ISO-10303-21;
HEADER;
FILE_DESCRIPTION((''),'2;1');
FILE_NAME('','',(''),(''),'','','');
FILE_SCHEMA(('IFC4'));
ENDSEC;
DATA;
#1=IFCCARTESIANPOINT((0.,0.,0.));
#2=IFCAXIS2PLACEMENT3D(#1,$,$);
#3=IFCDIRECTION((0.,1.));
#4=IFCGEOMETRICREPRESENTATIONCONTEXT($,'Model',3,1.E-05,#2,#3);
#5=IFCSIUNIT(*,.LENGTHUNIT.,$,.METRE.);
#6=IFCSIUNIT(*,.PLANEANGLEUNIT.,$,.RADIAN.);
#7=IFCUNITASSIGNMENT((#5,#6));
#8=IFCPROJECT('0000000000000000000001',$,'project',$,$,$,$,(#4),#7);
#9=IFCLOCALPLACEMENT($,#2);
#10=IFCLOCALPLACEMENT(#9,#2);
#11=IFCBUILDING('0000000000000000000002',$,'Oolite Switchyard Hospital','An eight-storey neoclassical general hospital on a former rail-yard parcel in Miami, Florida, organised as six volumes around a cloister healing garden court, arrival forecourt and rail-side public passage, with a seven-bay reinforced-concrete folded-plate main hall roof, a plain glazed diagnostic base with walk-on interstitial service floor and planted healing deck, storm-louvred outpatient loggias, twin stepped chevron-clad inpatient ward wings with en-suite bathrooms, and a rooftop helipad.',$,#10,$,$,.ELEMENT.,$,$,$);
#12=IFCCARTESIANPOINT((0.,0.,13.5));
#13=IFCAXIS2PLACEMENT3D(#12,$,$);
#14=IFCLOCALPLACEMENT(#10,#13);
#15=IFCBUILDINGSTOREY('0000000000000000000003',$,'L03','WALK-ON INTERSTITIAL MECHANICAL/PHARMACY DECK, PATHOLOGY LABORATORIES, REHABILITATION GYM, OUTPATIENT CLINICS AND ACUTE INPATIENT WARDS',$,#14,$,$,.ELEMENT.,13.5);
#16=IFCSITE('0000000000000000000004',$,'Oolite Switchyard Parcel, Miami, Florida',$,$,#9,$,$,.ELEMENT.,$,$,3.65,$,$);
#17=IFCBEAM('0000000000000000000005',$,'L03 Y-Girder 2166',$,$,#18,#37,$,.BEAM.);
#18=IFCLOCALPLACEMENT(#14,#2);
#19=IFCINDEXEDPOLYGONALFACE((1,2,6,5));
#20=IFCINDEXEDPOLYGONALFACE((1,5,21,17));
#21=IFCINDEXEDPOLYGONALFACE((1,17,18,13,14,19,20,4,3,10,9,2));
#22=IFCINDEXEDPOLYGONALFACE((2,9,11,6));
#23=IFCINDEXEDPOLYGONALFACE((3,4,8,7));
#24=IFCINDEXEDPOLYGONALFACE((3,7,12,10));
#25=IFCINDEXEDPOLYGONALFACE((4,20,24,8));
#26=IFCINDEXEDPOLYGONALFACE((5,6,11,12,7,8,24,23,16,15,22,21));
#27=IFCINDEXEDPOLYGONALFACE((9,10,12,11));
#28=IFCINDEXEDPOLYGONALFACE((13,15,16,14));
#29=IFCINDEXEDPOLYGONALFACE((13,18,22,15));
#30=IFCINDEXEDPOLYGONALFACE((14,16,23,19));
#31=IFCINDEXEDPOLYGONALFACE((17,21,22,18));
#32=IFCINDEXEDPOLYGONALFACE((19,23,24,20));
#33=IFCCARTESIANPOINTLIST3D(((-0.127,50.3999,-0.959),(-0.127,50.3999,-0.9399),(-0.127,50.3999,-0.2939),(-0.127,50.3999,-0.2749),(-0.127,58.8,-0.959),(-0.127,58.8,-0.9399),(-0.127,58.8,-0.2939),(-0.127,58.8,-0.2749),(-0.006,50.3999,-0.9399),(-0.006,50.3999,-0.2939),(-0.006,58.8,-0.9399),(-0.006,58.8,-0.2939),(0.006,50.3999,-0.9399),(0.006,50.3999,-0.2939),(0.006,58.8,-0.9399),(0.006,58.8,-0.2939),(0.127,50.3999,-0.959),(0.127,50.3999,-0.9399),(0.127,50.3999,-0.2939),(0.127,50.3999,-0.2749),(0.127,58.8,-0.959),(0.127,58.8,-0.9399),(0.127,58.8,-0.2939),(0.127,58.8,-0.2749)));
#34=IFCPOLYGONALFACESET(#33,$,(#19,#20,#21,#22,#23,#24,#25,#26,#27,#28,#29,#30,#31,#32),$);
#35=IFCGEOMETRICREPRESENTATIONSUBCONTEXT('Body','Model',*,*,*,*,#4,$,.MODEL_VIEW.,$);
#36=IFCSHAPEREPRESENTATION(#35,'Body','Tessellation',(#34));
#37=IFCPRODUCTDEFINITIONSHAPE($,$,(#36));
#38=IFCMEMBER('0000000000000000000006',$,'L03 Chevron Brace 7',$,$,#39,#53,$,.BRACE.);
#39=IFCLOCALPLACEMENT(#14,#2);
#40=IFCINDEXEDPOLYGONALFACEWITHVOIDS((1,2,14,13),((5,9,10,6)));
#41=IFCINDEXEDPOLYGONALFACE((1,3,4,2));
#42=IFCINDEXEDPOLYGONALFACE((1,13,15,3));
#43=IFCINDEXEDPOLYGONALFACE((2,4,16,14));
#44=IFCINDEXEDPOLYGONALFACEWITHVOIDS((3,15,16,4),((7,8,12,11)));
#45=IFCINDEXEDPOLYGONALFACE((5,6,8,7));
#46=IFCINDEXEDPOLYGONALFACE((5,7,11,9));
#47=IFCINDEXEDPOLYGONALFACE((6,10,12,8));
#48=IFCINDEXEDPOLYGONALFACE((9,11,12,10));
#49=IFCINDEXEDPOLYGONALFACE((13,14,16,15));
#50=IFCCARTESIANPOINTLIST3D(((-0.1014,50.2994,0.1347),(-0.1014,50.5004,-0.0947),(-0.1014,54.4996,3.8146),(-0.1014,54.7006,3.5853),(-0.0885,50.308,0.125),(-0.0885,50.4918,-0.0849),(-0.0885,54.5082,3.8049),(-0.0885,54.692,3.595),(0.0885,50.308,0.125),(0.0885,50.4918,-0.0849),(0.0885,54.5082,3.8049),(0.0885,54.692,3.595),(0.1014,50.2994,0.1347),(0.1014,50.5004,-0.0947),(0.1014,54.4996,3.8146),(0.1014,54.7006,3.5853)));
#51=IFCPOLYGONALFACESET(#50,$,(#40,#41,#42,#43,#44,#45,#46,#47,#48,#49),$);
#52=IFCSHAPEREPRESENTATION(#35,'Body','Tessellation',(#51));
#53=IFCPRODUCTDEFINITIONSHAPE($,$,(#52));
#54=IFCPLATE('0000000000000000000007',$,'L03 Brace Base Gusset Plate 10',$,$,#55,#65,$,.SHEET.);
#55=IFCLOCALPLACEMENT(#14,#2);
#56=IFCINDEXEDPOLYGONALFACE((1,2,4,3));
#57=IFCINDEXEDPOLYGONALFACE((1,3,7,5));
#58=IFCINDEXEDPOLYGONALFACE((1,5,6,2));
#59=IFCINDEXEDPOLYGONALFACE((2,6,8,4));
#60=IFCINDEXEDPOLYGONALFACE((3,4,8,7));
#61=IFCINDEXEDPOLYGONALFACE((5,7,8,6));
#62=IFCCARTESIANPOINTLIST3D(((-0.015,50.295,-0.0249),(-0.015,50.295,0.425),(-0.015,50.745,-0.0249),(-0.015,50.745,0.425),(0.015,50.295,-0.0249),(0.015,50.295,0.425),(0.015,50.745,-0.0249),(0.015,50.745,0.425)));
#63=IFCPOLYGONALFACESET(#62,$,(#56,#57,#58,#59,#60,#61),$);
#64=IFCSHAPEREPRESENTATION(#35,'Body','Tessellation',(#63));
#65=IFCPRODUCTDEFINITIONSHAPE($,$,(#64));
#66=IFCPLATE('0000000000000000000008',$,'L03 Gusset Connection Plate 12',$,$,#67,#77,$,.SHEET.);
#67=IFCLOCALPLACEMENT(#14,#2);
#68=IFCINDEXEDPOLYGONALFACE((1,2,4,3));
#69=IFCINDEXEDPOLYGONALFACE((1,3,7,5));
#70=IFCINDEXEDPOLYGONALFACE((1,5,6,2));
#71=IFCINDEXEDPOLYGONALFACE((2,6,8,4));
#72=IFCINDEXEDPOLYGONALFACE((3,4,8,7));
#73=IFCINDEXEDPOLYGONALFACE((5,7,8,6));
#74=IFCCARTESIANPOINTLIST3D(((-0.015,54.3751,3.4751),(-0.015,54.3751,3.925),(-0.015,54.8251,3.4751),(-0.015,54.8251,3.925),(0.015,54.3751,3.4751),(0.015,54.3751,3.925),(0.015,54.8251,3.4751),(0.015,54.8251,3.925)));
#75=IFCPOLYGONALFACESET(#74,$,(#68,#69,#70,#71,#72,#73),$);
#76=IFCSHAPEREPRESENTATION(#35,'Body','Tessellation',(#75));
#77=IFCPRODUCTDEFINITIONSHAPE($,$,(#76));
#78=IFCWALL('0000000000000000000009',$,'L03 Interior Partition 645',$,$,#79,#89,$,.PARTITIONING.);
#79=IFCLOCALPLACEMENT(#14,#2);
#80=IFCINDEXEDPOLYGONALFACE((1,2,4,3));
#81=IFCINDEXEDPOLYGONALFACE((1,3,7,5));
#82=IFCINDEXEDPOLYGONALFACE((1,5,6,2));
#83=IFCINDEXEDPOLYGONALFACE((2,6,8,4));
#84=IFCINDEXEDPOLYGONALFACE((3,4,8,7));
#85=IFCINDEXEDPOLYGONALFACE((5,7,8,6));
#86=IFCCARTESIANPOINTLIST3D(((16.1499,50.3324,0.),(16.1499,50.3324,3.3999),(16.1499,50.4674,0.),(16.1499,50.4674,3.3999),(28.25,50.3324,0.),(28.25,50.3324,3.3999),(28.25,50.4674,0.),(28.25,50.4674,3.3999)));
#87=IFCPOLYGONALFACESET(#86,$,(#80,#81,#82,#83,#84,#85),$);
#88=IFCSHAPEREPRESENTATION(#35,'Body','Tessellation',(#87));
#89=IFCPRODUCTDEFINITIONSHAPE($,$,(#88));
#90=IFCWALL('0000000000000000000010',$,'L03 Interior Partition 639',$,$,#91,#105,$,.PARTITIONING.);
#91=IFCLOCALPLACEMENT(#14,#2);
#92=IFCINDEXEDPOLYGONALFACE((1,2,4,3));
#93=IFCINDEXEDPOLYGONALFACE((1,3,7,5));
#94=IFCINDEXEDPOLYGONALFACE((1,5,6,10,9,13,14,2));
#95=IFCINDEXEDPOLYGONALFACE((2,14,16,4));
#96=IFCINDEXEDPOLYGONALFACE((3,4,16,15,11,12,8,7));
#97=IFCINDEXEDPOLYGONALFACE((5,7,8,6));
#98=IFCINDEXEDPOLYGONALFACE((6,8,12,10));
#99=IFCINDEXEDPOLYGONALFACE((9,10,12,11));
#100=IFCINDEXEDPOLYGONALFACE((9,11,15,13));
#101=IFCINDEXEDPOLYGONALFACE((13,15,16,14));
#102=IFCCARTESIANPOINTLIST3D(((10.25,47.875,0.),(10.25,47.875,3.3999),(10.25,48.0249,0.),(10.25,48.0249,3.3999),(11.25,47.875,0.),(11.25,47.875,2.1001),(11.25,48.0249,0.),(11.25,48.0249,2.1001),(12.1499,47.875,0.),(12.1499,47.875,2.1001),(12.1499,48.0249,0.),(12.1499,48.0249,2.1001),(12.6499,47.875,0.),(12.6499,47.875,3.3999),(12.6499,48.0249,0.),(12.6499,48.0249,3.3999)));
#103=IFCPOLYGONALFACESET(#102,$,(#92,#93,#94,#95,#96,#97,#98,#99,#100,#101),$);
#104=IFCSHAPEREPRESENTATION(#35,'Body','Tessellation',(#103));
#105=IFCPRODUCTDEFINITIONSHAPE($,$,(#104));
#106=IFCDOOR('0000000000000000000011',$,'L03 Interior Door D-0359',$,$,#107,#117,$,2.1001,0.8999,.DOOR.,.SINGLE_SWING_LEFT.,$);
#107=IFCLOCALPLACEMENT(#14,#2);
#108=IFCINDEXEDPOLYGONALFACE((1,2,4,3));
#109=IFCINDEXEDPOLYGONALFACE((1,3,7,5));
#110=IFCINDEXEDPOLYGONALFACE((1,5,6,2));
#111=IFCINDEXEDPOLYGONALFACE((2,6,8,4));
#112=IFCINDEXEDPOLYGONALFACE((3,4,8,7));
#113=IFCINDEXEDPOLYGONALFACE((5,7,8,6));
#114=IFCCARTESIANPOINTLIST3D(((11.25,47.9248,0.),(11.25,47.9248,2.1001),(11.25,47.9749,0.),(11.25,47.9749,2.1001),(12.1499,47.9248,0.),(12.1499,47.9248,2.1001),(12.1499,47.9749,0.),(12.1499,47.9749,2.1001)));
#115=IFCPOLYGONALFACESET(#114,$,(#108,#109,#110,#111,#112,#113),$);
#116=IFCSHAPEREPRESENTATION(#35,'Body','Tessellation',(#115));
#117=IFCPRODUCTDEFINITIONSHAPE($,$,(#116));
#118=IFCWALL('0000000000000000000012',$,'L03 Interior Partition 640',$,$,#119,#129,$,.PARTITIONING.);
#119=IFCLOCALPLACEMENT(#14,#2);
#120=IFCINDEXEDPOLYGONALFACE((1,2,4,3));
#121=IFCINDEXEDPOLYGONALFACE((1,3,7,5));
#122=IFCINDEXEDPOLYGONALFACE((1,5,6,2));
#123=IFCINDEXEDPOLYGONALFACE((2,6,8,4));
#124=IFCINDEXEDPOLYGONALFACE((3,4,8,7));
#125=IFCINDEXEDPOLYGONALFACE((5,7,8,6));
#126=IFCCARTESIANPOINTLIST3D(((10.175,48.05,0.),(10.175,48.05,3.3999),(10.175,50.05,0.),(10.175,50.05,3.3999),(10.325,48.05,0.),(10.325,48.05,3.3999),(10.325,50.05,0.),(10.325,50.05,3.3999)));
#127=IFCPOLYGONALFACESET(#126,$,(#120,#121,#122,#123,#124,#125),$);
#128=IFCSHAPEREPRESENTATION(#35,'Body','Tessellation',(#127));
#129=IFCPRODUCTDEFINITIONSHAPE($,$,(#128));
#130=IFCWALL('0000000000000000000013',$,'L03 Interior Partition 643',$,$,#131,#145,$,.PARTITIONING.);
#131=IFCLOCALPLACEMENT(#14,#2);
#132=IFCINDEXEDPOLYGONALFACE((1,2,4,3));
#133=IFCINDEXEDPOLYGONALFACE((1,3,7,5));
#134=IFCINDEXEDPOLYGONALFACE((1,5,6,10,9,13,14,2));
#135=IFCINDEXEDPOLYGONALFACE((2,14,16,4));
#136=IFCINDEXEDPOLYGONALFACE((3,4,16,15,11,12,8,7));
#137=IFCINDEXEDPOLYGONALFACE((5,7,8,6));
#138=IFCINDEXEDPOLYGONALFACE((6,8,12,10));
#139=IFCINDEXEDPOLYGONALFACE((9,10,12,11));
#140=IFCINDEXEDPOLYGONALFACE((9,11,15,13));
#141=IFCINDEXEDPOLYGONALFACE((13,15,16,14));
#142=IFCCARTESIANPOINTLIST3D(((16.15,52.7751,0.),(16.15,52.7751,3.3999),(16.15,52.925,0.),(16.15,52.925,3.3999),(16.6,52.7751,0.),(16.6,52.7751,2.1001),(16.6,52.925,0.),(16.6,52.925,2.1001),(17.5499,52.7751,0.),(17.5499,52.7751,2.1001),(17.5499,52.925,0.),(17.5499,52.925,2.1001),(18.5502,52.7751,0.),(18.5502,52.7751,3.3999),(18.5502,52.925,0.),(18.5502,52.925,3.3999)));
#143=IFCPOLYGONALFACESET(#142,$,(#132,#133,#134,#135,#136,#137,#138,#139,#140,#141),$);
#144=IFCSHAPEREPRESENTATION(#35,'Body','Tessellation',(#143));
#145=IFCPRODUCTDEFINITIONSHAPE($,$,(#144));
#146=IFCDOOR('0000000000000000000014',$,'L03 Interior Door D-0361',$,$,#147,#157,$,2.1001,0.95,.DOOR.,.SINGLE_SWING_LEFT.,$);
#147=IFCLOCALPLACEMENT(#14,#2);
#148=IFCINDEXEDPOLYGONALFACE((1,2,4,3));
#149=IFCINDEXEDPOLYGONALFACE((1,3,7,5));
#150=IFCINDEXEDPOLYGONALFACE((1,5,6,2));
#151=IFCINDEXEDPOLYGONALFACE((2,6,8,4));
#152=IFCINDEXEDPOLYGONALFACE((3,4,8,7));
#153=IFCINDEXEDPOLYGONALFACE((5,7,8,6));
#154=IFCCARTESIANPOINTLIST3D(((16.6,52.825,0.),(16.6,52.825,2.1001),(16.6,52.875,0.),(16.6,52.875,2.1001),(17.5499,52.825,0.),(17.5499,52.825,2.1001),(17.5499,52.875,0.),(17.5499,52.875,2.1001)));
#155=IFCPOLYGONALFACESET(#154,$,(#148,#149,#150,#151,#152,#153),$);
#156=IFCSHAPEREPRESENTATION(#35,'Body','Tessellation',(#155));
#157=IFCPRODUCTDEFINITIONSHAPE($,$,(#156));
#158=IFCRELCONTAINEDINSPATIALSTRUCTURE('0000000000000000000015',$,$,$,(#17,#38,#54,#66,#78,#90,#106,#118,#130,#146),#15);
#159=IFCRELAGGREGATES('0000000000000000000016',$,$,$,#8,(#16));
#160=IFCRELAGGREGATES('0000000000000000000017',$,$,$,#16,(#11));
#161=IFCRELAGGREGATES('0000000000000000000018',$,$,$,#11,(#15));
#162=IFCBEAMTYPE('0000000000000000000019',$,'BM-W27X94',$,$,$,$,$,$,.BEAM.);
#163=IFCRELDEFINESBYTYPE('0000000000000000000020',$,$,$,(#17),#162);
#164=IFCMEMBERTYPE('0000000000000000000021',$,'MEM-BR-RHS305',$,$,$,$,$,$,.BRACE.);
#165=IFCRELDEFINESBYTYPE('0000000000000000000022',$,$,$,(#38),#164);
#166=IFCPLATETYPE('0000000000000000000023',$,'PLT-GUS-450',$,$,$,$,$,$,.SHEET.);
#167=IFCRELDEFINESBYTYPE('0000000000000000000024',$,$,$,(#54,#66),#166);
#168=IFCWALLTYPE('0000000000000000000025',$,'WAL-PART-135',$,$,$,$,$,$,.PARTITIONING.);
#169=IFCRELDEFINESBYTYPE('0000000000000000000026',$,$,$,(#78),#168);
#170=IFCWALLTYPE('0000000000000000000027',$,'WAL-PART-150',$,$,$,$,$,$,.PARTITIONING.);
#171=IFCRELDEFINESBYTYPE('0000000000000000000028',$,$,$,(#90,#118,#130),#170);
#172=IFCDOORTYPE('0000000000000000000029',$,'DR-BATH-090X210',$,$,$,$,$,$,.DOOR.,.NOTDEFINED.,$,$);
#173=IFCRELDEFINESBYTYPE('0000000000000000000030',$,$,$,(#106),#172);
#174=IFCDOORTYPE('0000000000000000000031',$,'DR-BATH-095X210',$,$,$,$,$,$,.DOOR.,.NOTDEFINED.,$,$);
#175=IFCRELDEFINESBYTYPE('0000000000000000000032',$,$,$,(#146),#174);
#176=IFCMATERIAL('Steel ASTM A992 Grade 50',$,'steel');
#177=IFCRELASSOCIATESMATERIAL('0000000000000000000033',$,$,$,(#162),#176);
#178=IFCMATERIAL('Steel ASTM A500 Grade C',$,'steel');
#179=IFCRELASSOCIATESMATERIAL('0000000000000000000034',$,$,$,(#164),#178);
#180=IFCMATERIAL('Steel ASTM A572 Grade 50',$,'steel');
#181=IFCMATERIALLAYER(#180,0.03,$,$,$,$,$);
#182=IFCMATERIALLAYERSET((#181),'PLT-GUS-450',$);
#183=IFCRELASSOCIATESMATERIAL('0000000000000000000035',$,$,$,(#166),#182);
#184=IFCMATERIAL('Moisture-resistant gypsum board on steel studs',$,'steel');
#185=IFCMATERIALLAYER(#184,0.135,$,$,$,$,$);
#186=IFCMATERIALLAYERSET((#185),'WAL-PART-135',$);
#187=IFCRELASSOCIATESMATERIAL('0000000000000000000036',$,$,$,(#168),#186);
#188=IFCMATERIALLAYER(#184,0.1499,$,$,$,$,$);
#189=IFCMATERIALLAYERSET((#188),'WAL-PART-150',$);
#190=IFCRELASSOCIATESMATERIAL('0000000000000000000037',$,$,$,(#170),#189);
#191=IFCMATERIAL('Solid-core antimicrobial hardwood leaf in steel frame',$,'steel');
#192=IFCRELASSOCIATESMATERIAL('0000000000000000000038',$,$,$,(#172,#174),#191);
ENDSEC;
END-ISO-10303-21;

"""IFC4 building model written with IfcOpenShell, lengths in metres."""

from ifc_helpers import new_model, si_unit, direction, frame, frame_2d, origin, origin_2d, place, context, subcontext, project, spatial, rectangle, hollow_rectangle, i_section, extrude, material, layer, layer_set, material_profile, profile_set, type_object, element, fill, save


model = new_model("IFC4")

# Units and contexts
model_context = context("Model", 3, precision=1e-05, world=origin(), true_north=direction((0.0, 1.0)))
body_context = subcontext(model_context, "Body", "Model", "MODEL_VIEW")
ifc_project = project(units=[si_unit("LENGTHUNIT", "METRE"), si_unit("PLANEANGLEUNIT", "RADIAN")], contexts=[model_context])

# Site, building, storey
site_placement = place(None, origin())
site = spatial("IfcSite", under=ifc_project, at=site_placement, Name="Oolite Switchyard Parcel, Miami, Florida", CompositionType="ELEMENT", RefElevation=3.65)
building_placement = place(site_placement, origin())
building = spatial("IfcBuilding", under=site, at=building_placement, Name="Oolite Switchyard Hospital", Description="An eight-storey neoclassical general hospital on a former rail-yard parcel in Miami, Florida, organised as six volumes around a cloister healing garden court, arrival forecourt and rail-side public passage, with a seven-bay reinforced-concrete folded-plate main hall roof, a plain glazed diagnostic base with walk-on interstitial service floor and planted healing deck, storm-louvred outpatient loggias, twin stepped chevron-clad inpatient ward wings with en-suite bathrooms, and a rooftop helipad.", CompositionType="ELEMENT")
storey_placement = place(building_placement, frame((0.0, 0.0, 13.5)))
storey = spatial("IfcBuildingStorey", under=building, at=storey_placement, Name="L03", Description="WALK-ON INTERSTITIAL MECHANICAL/PHARMACY DECK, PATHOLOGY LABORATORIES, REHABILITATION GYM, OUTPATIENT CLINICS AND ACUTE INPATIENT WARDS", CompositionType="ELEMENT", Elevation=13.5)

# Beam
ifc_material_1 = material(Name="Steel ASTM A992 Grade 50", Category="steel")
ifc_material_profile_1 = material_profile(ifc_material_1, i_section(OverallWidth=0.2539, OverallDepth=0.6841, WebThickness=0.012, FlangeThickness=0.019, at=origin_2d()), Name="W27X94")
ifc_profile_set_1 = profile_set([ifc_material_profile_1], Name="Steel ASTM A992 Grade 50")
beam_type_1 = type_object("IfcBeamType", Name="BM-W27X94", PredefinedType="BEAM", material=ifc_profile_set_1)
beam_1_placement = place(storey_placement, frame((0.0, 50.3999, -0.6169), z_axis=(0.0, 1.0, 0.0), x_axis=(-1.0, 0.0, 0.0)))
element("IfcBeam", 1, at=beam_1_placement, inside=storey, type_object=beam_type_1, Name="L03 Y-Girder 2166", PredefinedType="BEAM", context=body_context, shape_type="SweptSolid", body=[
    extrude(i_section(OverallWidth=0.2539, OverallDepth=0.6841, WebThickness=0.012, FlangeThickness=0.019, at=origin_2d()), origin(), (0.0, 0.0, 1.0), 8.4001),
])

# Member
ifc_material_2 = material(Name="Steel ASTM A500 Grade C", Category="steel")
ifc_material_profile_2 = material_profile(ifc_material_2, hollow_rectangle(XDim=0.2029, YDim=0.3049, WallThickness=0.0129, at=origin_2d()), Name="HSS305X203X13")
ifc_profile_set_2 = profile_set([ifc_material_profile_2], Name="Steel ASTM A500 Grade C")
member_type = type_object("IfcMemberType", Name="MEM-BR-RHS305", PredefinedType="BRACE", material=ifc_profile_set_2)
member_placement = place(storey_placement, frame((0.0, 50.3999, 0.02), z_axis=(0.0, 0.752154, 0.658987), x_axis=(-1.0, 0.0, 0.0)))
element("IfcMember", 2, at=member_placement, inside=storey, type_object=member_type, Name="L03 Chevron Brace 7", PredefinedType="BRACE", context=body_context, shape_type="SweptSolid", body=[
    extrude(hollow_rectangle(XDim=0.2029, YDim=0.3049, WallThickness=0.0129, at=origin_2d()), origin(), (0.0, 0.0, 1.0), 5.5842),
])

# Plates
ifc_material_3 = material(Name="Steel ASTM A572 Grade 50", Category="steel")
ifc_layer_1 = layer(ifc_material_3, 0.03)
ifc_layer_set_1 = layer_set([ifc_layer_1], Name="PLT-GUS-450")
plate_type = type_object("IfcPlateType", Name="PLT-GUS-450", PredefinedType="SHEET", material=ifc_layer_set_1)
for number, where, z_axis, x_axis, name in (
    (3, (0.0, 50.52, -0.0249), (0.0, 0.0, 1.0), (0.0, 1.0, 0.0), "L03 Brace Base Gusset Plate 10"),
    (4, (0.0, 54.6001, 3.4751), (0.0, 0.0, 1.0), (0.0, 1.0, 0.0), "L03 Gusset Connection Plate 12"),
):
    element("IfcPlate", number, at=place(storey_placement, frame(where, z_axis=z_axis, x_axis=x_axis)), inside=storey, type_object=plate_type, Name=name, PredefinedType="SHEET", context=body_context, shape_type="SweptSolid", body=[
        extrude(rectangle(XDim=0.45, YDim=0.03, at=origin_2d()), origin(), (0.0, 0.0, 1.0), 0.45),
    ])

# Wall
ifc_material_4 = material(Name="Moisture-resistant gypsum board on steel studs", Category="steel")
ifc_layer_2 = layer(ifc_material_4, 0.135)
ifc_layer_set_2 = layer_set([ifc_layer_2], Name="WAL-PART-135")
wall_type_1 = type_object("IfcWallType", Name="WAL-PART-135", PredefinedType="PARTITIONING", material=ifc_layer_set_2)
wall_1_placement = place(storey_placement, frame((16.1499, 50.3999, 0.0), z_axis=(0.0, 0.0, 1.0), x_axis=(1.0, 0.0, 0.0)))
element("IfcWall", 5, at=wall_1_placement, inside=storey, type_object=wall_type_1, Name="L03 Interior Partition 645", PredefinedType="PARTITIONING", context=body_context, shape_type="SweptSolid", body=[
    extrude(rectangle(XDim=12.1001, YDim=0.135, at=frame_2d((6.05, 0.0))), origin(), (0.0, 0.0, 1.0), 3.3999),
])

# Wall, opening, door
ifc_layer_3 = layer(ifc_material_4, 0.1499)
ifc_layer_set_3 = layer_set([ifc_layer_3], Name="WAL-PART-150")
wall_type_2 = type_object("IfcWallType", Name="WAL-PART-150", PredefinedType="PARTITIONING", material=ifc_layer_set_3)
wall_2_placement = place(storey_placement, frame((10.25, 47.95, 0.0), z_axis=(0.0, 0.0, 1.0), x_axis=(1.0, 0.0, 0.0)))
wall_2 = element("IfcWall", 6, at=wall_2_placement, inside=storey, type_object=wall_type_2, Name="L03 Interior Partition 639", PredefinedType="PARTITIONING", context=body_context, shape_type="SweptSolid", body=[
    extrude(rectangle(XDim=2.3999, YDim=0.1499, at=frame_2d((1.2, 0.0))), origin(), (0.0, 0.0, 1.0), 3.3999),
])
opening_1_placement = place(wall_2_placement, frame((1.0, 0.0, 0.0)))
opening_1 = element("IfcOpeningElement", 7, at=opening_1_placement, cuts=wall_2, PredefinedType="OPENING", context=body_context, shape_type="SweptSolid", body=[
    extrude(rectangle(XDim=0.8999, YDim=2.1001, at=frame_2d((0.45, 1.05))), frame((0.0, 0.085, 0.0), z_axis=(0.0, -1.0, 0.0), x_axis=(1.0, 0.0, 0.0)), (0.0, 0.0, 1.0), 0.1699),
])
ifc_material_5 = material(Name="Solid-core antimicrobial hardwood leaf in steel frame", Category="steel")
door_type_1 = type_object("IfcDoorType", Name="DR-BATH-090X210", OperationType="NOTDEFINED", PredefinedType="DOOR", material=ifc_material_5)
door_1_placement = place(opening_1_placement, origin())
door_1 = element("IfcDoor", 8, at=door_1_placement, inside=storey, type_object=door_type_1, Name="L03 Interior Door D-0359", OperationType="SINGLE_SWING_LEFT", OverallHeight=2.1001, OverallWidth=0.8999, PredefinedType="DOOR", context=body_context, shape_type="SweptSolid", body=[
    extrude(rectangle(XDim=0.8999, YDim=2.1001, at=frame_2d((0.45, 1.05))), frame((0.0, 0.0249, 0.0), z_axis=(0.0, -1.0, 0.0), x_axis=(1.0, 0.0, 0.0)), (0.0, 0.0, 1.0), 0.05),
])
fill(opening_1, door_1)

# Wall
wall_3_placement = place(storey_placement, frame((10.25, 48.05, 0.0), z_axis=(0.0, 0.0, 1.0), x_axis=(0.0, 1.0, 0.0)))
element("IfcWall", 9, at=wall_3_placement, inside=storey, type_object=wall_type_2, Name="L03 Interior Partition 640", PredefinedType="PARTITIONING", context=body_context, shape_type="SweptSolid", body=[
    extrude(rectangle(XDim=2.0, YDim=0.1499, at=frame_2d((1.0, 0.0))), origin(), (0.0, 0.0, 1.0), 3.3999),
])

# Wall, opening, door
wall_4_placement = place(storey_placement, frame((16.1499, 52.8501, 0.0), z_axis=(0.0, 0.0, 1.0), x_axis=(1.0, 0.0, 0.0)))
wall_4 = element("IfcWall", 10, at=wall_4_placement, inside=storey, type_object=wall_type_2, Name="L03 Interior Partition 643", PredefinedType="PARTITIONING", context=body_context, shape_type="SweptSolid", body=[
    extrude(rectangle(XDim=2.4001, YDim=0.1499, at=frame_2d((1.2002, 0.0))), origin(), (0.0, 0.0, 1.0), 3.3999),
])
opening_2_placement = place(wall_4_placement, frame((0.45, 0.0, 0.0)))
opening_2 = element("IfcOpeningElement", 11, at=opening_2_placement, cuts=wall_4, PredefinedType="OPENING", context=body_context, shape_type="SweptSolid", body=[
    extrude(rectangle(XDim=0.95, YDim=2.1001, at=frame_2d((0.4751, 1.05))), frame((0.0, 0.085, 0.0), z_axis=(0.0, -1.0, 0.0), x_axis=(1.0, 0.0, 0.0)), (0.0, 0.0, 1.0), 0.1699),
])
door_type_2 = type_object("IfcDoorType", Name="DR-BATH-095X210", OperationType="NOTDEFINED", PredefinedType="DOOR", material=ifc_material_5)
door_2_placement = place(opening_2_placement, origin())
door_2 = element("IfcDoor", 12, at=door_2_placement, inside=storey, type_object=door_type_2, Name="L03 Interior Door D-0361", OperationType="SINGLE_SWING_LEFT", OverallHeight=2.1001, OverallWidth=0.95, PredefinedType="DOOR", context=body_context, shape_type="SweptSolid", body=[
    extrude(rectangle(XDim=0.95, YDim=2.1001, at=frame_2d((0.4751, 1.05))), frame((0.0, 0.0249, 0.0), z_axis=(0.0, -1.0, 0.0), x_axis=(1.0, 0.0, 0.0)), (0.0, 0.0, 1.0), 0.05),
])
fill(opening_2, door_2)

save(model, "model.ifc")
